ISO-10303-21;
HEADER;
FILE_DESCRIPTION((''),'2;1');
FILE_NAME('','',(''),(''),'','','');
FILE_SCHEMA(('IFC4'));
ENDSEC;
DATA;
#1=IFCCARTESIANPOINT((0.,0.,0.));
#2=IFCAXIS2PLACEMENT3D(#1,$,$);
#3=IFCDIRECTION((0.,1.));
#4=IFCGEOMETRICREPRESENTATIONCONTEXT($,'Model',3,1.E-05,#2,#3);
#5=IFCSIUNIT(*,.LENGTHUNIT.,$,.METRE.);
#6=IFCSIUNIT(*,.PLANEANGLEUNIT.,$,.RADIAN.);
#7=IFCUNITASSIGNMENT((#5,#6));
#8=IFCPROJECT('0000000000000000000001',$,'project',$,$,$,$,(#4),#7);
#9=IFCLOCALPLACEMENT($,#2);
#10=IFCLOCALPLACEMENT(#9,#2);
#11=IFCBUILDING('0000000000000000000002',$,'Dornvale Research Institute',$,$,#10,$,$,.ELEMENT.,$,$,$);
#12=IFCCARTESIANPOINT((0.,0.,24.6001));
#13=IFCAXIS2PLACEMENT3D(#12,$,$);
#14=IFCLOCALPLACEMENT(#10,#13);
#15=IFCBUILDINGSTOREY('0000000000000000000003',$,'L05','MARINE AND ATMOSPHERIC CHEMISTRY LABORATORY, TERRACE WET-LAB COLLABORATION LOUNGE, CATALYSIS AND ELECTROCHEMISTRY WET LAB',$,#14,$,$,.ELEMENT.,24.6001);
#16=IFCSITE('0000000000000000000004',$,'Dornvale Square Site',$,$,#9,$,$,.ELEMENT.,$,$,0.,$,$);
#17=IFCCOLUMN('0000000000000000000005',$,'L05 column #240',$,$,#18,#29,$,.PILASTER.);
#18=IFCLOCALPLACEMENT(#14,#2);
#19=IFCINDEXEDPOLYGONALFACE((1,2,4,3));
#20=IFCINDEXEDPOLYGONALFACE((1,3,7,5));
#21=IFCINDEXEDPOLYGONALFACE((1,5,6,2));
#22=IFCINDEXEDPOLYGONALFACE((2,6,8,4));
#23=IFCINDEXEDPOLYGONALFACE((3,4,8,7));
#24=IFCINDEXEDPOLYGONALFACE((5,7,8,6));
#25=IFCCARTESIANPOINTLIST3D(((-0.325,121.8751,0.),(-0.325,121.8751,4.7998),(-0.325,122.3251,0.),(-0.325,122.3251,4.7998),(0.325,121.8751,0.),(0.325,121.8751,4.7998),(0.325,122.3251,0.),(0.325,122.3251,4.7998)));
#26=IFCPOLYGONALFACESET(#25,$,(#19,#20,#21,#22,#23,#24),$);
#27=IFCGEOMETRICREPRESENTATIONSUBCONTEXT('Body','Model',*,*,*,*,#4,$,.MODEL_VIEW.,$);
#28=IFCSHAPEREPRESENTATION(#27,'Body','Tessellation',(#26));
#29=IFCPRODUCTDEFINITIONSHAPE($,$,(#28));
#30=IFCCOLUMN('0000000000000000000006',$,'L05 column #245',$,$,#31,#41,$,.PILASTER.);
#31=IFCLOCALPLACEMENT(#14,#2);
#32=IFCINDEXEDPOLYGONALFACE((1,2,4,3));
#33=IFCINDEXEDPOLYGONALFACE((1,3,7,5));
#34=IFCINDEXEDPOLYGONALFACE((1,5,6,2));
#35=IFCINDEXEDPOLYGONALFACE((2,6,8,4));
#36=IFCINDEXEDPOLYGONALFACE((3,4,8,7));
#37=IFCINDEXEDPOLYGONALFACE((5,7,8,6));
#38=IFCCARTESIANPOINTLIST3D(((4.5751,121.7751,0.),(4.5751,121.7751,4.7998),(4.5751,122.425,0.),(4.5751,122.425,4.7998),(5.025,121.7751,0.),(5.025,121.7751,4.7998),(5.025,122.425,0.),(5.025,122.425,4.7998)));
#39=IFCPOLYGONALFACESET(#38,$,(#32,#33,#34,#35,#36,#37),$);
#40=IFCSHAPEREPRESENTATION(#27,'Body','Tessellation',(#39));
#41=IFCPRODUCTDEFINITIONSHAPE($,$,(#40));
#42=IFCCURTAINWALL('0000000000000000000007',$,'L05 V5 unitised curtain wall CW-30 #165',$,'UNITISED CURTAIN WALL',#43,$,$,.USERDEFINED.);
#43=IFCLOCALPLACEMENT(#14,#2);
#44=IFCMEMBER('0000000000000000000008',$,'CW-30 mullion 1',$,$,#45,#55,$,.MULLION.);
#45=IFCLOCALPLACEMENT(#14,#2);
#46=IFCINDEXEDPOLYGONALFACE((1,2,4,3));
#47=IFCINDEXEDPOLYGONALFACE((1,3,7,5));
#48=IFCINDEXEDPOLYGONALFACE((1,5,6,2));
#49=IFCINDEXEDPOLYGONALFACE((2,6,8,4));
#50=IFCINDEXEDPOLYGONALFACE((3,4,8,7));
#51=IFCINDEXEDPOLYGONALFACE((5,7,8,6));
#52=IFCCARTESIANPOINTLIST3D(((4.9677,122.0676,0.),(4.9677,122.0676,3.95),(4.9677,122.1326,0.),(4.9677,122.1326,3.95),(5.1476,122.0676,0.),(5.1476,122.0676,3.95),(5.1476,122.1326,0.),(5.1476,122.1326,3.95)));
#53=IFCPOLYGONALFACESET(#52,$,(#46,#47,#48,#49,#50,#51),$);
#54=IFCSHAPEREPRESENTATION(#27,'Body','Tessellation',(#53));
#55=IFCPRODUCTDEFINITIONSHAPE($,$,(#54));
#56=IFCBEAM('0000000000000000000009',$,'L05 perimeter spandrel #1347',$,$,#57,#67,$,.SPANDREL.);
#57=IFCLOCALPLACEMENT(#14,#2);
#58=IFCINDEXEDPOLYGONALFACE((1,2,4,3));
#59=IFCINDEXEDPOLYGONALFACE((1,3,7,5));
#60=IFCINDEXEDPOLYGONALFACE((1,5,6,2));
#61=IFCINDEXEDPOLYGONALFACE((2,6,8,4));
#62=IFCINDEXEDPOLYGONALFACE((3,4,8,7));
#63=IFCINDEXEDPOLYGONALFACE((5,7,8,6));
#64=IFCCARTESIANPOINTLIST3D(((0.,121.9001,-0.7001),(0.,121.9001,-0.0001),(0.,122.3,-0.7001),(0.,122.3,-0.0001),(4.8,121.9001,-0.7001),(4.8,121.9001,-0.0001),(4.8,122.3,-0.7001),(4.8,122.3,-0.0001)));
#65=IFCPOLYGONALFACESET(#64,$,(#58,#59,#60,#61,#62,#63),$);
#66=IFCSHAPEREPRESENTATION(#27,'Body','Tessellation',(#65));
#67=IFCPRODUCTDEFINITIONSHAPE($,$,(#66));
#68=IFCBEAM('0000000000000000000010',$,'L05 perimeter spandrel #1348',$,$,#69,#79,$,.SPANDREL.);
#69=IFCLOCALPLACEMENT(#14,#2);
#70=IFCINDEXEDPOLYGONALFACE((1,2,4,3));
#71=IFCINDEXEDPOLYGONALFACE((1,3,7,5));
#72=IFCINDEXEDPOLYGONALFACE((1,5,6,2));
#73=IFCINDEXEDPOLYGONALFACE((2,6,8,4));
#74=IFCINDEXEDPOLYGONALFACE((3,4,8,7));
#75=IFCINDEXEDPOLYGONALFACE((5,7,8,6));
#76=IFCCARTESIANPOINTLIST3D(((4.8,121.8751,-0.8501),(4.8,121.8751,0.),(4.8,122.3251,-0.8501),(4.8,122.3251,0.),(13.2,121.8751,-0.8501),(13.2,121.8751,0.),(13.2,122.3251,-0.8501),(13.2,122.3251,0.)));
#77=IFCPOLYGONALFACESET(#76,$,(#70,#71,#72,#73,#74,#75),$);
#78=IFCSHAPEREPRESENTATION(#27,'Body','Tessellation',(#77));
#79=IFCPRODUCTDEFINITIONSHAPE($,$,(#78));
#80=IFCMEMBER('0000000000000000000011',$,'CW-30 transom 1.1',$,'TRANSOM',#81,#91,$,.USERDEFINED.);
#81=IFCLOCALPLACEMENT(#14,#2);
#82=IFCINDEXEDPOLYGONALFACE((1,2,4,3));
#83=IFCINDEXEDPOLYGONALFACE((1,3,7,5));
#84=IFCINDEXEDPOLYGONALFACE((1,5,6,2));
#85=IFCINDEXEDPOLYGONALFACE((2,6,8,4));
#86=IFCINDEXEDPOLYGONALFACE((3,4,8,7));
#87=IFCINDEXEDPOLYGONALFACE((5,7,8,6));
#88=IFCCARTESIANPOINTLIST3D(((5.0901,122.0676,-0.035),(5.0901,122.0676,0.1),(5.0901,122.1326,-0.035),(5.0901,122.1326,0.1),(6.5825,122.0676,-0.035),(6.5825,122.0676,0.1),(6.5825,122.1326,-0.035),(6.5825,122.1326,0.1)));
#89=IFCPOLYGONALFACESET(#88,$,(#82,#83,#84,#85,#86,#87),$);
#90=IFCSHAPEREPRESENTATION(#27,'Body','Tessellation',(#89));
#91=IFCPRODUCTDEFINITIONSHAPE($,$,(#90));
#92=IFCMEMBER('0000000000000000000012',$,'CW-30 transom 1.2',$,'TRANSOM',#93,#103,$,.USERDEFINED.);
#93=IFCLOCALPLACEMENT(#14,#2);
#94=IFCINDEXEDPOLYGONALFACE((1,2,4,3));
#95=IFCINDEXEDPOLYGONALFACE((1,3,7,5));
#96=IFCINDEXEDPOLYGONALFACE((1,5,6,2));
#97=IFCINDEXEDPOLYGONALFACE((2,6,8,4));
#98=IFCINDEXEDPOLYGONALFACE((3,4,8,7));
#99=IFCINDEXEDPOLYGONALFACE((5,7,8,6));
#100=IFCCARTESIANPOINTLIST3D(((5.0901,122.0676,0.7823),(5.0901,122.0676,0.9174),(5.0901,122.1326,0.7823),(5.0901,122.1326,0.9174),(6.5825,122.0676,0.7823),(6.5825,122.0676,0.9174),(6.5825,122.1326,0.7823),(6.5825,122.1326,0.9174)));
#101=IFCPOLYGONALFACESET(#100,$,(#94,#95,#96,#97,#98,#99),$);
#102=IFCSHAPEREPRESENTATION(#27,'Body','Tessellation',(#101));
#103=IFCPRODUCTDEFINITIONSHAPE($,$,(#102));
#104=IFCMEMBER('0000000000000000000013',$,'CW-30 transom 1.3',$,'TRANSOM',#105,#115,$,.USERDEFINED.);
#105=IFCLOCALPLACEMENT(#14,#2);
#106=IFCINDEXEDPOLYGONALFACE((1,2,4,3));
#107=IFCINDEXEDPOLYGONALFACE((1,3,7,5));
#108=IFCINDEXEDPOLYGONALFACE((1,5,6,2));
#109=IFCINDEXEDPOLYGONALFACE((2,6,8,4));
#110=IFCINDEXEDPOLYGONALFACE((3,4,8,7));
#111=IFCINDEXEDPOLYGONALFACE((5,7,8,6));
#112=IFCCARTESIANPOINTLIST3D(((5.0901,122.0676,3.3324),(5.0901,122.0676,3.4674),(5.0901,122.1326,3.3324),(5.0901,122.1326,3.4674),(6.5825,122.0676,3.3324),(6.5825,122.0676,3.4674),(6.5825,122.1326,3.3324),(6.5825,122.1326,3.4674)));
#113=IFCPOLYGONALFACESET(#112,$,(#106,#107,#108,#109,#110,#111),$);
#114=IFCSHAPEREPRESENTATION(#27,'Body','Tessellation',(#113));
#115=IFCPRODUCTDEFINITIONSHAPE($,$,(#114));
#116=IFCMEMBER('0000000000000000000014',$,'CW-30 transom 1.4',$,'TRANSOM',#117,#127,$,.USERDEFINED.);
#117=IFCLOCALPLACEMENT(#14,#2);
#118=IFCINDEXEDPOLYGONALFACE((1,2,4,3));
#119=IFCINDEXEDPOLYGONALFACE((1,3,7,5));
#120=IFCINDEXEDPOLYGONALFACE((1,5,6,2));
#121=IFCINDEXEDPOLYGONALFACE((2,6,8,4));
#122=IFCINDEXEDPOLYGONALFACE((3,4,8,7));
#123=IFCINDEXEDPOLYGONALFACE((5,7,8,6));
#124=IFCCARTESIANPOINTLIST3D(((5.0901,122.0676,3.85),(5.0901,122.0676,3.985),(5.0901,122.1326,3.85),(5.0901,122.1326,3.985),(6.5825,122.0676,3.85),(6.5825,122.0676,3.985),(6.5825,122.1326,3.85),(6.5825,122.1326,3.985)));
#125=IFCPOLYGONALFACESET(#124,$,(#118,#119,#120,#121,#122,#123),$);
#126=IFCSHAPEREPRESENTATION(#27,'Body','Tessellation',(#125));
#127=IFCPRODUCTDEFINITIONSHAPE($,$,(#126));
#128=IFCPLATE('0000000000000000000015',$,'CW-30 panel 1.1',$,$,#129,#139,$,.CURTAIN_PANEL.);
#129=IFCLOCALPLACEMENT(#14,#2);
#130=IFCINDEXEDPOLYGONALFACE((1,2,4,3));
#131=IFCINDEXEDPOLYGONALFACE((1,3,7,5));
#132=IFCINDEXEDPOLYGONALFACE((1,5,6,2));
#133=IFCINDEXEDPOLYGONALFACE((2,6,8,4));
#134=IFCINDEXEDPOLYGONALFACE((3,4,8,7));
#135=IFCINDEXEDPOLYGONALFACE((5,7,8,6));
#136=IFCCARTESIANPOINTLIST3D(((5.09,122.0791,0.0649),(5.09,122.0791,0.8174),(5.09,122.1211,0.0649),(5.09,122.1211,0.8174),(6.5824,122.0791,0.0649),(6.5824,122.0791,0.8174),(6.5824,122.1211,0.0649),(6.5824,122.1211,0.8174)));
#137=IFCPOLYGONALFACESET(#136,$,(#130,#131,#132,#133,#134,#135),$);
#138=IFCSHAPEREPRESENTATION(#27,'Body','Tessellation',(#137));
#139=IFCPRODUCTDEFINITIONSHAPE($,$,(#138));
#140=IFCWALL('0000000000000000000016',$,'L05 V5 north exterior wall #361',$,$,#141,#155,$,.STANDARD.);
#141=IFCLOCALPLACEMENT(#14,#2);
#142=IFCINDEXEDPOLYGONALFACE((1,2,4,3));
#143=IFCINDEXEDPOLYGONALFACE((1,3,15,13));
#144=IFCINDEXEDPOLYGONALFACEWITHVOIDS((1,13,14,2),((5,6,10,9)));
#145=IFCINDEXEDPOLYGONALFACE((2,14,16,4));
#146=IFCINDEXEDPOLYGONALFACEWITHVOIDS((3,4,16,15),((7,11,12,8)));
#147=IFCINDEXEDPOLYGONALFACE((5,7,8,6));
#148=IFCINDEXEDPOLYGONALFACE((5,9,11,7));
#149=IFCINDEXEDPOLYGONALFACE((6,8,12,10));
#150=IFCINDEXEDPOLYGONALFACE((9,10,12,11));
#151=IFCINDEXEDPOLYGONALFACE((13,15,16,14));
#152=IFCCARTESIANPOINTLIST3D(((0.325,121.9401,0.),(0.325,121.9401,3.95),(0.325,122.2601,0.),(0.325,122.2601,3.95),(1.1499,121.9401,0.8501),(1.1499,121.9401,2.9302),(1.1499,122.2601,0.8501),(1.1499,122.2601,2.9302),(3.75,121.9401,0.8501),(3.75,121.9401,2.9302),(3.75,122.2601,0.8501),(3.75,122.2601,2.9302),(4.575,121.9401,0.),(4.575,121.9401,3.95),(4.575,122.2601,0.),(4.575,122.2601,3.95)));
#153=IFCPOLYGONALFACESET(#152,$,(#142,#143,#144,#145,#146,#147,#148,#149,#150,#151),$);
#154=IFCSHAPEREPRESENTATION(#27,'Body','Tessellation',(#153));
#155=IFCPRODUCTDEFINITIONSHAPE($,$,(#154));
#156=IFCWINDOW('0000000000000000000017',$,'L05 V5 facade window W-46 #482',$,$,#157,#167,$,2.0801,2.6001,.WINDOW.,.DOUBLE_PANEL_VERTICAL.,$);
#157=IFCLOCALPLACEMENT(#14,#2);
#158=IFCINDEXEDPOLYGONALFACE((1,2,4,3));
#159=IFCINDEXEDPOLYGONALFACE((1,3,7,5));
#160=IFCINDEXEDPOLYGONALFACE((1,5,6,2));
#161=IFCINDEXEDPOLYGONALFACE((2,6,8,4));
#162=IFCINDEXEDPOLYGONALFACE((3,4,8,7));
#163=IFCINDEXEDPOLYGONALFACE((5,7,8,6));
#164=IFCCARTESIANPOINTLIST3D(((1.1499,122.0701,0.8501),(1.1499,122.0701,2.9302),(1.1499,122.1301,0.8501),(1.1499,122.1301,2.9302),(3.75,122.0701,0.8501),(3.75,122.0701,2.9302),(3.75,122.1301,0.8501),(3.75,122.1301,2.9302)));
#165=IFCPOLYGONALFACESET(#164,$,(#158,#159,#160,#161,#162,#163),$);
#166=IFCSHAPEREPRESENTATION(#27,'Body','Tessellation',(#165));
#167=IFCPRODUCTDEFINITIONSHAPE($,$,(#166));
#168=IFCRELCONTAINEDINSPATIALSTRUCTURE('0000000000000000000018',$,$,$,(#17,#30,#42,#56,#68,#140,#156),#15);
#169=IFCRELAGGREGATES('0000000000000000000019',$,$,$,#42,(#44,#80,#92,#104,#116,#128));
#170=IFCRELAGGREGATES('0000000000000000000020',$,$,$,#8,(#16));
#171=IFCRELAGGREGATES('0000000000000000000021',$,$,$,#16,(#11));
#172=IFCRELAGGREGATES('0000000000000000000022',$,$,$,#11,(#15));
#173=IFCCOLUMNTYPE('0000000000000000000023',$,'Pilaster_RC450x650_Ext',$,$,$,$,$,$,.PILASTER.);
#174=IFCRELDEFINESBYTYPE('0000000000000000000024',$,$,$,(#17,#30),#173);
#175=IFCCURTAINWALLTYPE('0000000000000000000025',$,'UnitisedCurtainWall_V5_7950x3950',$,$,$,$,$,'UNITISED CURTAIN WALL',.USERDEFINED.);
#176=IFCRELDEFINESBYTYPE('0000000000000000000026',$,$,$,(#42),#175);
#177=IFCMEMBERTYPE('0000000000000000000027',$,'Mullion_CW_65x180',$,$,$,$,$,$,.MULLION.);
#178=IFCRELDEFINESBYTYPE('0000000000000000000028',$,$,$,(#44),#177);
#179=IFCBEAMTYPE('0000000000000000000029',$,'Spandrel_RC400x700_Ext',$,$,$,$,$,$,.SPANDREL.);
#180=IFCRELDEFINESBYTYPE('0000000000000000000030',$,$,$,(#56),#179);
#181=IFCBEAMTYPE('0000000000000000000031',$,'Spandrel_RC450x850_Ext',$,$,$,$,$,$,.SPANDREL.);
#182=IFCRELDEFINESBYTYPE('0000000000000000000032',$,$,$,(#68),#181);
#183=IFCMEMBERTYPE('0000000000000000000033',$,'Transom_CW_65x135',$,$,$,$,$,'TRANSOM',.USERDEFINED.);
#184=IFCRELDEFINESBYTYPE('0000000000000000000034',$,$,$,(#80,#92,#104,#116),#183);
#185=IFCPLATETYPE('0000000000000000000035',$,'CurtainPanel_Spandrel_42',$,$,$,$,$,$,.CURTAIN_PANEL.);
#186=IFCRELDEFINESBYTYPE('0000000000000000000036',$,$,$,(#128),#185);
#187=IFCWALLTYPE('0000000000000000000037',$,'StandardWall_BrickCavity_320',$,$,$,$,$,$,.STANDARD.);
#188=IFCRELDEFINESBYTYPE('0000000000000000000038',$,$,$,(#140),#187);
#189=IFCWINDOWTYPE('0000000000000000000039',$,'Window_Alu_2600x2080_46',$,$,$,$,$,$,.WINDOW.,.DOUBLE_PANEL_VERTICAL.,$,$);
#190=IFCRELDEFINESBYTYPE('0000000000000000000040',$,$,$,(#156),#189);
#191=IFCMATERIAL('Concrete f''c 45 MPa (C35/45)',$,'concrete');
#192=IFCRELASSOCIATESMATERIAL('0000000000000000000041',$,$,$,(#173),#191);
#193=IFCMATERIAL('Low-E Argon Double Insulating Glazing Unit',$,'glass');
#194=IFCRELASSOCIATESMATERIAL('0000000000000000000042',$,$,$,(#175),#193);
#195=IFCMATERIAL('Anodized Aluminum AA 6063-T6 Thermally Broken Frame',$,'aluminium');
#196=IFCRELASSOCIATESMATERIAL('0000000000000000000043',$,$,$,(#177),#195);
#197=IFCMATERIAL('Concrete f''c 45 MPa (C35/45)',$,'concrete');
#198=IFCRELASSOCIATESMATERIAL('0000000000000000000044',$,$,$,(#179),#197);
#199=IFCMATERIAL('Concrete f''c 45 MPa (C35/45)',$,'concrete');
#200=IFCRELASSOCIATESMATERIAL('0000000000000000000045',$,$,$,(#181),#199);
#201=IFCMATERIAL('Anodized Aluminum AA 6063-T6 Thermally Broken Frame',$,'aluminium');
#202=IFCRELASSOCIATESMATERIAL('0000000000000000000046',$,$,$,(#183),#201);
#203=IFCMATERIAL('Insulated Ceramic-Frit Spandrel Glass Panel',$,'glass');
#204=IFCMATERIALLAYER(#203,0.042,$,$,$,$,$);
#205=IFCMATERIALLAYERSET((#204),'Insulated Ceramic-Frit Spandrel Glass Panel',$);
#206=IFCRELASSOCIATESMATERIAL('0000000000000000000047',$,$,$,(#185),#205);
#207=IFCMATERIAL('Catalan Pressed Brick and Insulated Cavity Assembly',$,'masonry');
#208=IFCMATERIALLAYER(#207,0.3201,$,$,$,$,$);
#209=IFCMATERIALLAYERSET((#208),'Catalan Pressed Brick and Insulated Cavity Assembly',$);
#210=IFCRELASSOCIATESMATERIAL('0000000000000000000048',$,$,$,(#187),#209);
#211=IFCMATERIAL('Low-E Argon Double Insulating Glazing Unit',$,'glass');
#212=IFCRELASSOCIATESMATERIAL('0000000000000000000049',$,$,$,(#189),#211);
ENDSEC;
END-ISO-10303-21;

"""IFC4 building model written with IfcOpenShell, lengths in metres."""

from ifc_helpers import new_model, si_unit, direction, frame, frame_2d, origin, origin_2d, place, context, subcontext, project, spatial, rectangle, extrude, material, layer, layer_set, material_profile, profile_set, type_object, element, fill, aggregate, save


model = new_model("IFC4")

# Units and contexts
model_context = context("Model", 3, precision=1e-05, world=origin(), true_north=direction((0.0, 1.0)))
body_context = subcontext(model_context, "Body", "Model", "MODEL_VIEW")
ifc_project = project(units=[si_unit("LENGTHUNIT", "METRE"), si_unit("PLANEANGLEUNIT", "RADIAN")], contexts=[model_context])

# Site, building, storey
site_placement = place(None, origin())
site = spatial("IfcSite", under=ifc_project, at=site_placement, Name="Dornvale Square Site", CompositionType="ELEMENT", RefElevation=0.0)
building_placement = place(site_placement, origin())
building = spatial("IfcBuilding", under=site, at=building_placement, Name="Dornvale Research Institute", CompositionType="ELEMENT")
storey_placement = place(building_placement, frame((0.0, 0.0, 24.6001)))
storey = spatial("IfcBuildingStorey", under=building, at=storey_placement, Name="L05", Description="MARINE AND ATMOSPHERIC CHEMISTRY LABORATORY, TERRACE WET-LAB COLLABORATION LOUNGE, CATALYSIS AND ELECTROCHEMISTRY WET LAB", CompositionType="ELEMENT", Elevation=24.6001)

# Columns
ifc_material_1 = material(Name="Concrete f'c 45 MPa (C35/45)", Category="concrete")
ifc_material_profile_1 = material_profile(ifc_material_1, rectangle(XDim=0.45, YDim=0.6499, at=origin_2d()), Name="RC 450x650")
ifc_profile_set_1 = profile_set([ifc_material_profile_1], Name="Concrete f'c 45 MPa (C35/45)")
column_type = type_object("IfcColumnType", Name="Pilaster_RC450x650_Ext", PredefinedType="PILASTER", material=ifc_profile_set_1)
for number, where, z_axis, x_axis, name in (
    (1, (0.0, 122.1001, 0.0), (0.0, 0.0, 1.0), (0.0, 1.0, 0.0), "L05 column #240"),
    (2, (4.8, 122.1001, 0.0), (0.0, 0.0, 1.0), (1.0, 0.0, 0.0), "L05 column #245"),
):
    element("IfcColumn", number, at=place(storey_placement, frame(where, z_axis=z_axis, x_axis=x_axis)), inside=storey, type_object=column_type, Name=name, PredefinedType="PILASTER", context=body_context, shape_type="SweptSolid", body=[
        extrude(rectangle(XDim=0.45, YDim=0.6499, at=origin_2d()), origin(), (0.0, 0.0, 1.0), 4.7998),
    ])

# Curtain wall, member
ifc_material_2 = material(Name="Low-E Argon Double Insulating Glazing Unit", Category="glass")
curtain_wall_type = type_object("IfcCurtainWallType", Name="UnitisedCurtainWall_V5_7950x3950", ElementType="UNITISED CURTAIN WALL", PredefinedType="USERDEFINED", material=ifc_material_2)
curtain_wall_placement = place(storey_placement, origin())
curtain_wall = element("IfcCurtainWall", 3, at=curtain_wall_placement, inside=storey, type_object=curtain_wall_type, Name="L05 V5 unitised curtain wall CW-30 #165", ObjectType="UNITISED CURTAIN WALL", PredefinedType="USERDEFINED")
ifc_material_3 = material(Name="Anodized Aluminum AA 6063-T6 Thermally Broken Frame", Category="aluminium")
ifc_material_profile_2 = material_profile(ifc_material_3, rectangle(XDim=0.0649, YDim=0.1799, at=origin_2d()), Name="ALU MULLION 65x180")
ifc_profile_set_2 = profile_set([ifc_material_profile_2], Name="Anodized Aluminum AA 6063-T6 Thermally Broken Frame")
member_type_1 = type_object("IfcMemberType", Name="Mullion_CW_65x180", PredefinedType="MULLION", material=ifc_profile_set_2)
member_1_placement = place(storey_placement, frame((5.0576, 122.1001, 0.0), z_axis=(0.0, 0.0, 1.0), x_axis=(0.0, 1.0, 0.0)))
member_1 = element("IfcMember", 4, at=member_1_placement, type_object=member_type_1, Name="CW-30 mullion 1", PredefinedType="MULLION", context=body_context, shape_type="SweptSolid", body=[
    extrude(rectangle(XDim=0.0649, YDim=0.1799, at=origin_2d()), origin(), (0.0, 0.0, 1.0), 3.95),
])

# Beams
ifc_material_4 = material(Name="Concrete f'c 45 MPa (C35/45)", Category="concrete")
ifc_material_profile_3 = material_profile(ifc_material_4, rectangle(XDim=0.3999, YDim=0.7, at=origin_2d()), Name="RC 400x700")
ifc_profile_set_3 = profile_set([ifc_material_profile_3], Name="Concrete f'c 45 MPa (C35/45)")
beam_type_1 = type_object("IfcBeamType", Name="Spandrel_RC400x700_Ext", PredefinedType="SPANDREL", material=ifc_profile_set_3)
beam_1_placement = place(storey_placement, frame((0.0, 122.1001, -0.3501), z_axis=(1.0, 0.0, 0.0), x_axis=(0.0, 1.0, 0.0)))
element("IfcBeam", 5, at=beam_1_placement, inside=storey, type_object=beam_type_1, Name="L05 perimeter spandrel #1347", PredefinedType="SPANDREL", context=body_context, shape_type="SweptSolid", body=[
    extrude(rectangle(XDim=0.3999, YDim=0.7, at=origin_2d()), origin(), (0.0, 0.0, 1.0), 4.8),
])
ifc_material_5 = material(Name="Concrete f'c 45 MPa (C35/45)", Category="concrete")
ifc_material_profile_4 = material_profile(ifc_material_5, rectangle(XDim=0.45, YDim=0.8501, at=origin_2d()), Name="RC 450x850")
ifc_profile_set_4 = profile_set([ifc_material_profile_4], Name="Concrete f'c 45 MPa (C35/45)")
beam_type_2 = type_object("IfcBeamType", Name="Spandrel_RC450x850_Ext", PredefinedType="SPANDREL", material=ifc_profile_set_4)
beam_2_placement = place(storey_placement, frame((4.8, 122.1001, -0.425), z_axis=(1.0, 0.0, 0.0), x_axis=(0.0, 1.0, 0.0)))
element("IfcBeam", 6, at=beam_2_placement, inside=storey, type_object=beam_type_2, Name="L05 perimeter spandrel #1348", PredefinedType="SPANDREL", context=body_context, shape_type="SweptSolid", body=[
    extrude(rectangle(XDim=0.45, YDim=0.8501, at=origin_2d()), origin(), (0.0, 0.0, 1.0), 8.3999),
])

# Members
ifc_material_6 = material(Name="Anodized Aluminum AA 6063-T6 Thermally Broken Frame", Category="aluminium")
ifc_material_profile_5 = material_profile(ifc_material_6, rectangle(XDim=0.0649, YDim=0.135, at=origin_2d()), Name="ALU TRANSOM 65x135")
ifc_profile_set_5 = profile_set([ifc_material_profile_5], Name="Anodized Aluminum AA 6063-T6 Thermally Broken Frame")
member_type_2 = type_object("IfcMemberType", Name="Transom_CW_65x135", ElementType="TRANSOM", PredefinedType="USERDEFINED", material=ifc_profile_set_5)
member_2_placement = place(storey_placement, frame((5.0901, 122.1001, 0.0325), z_axis=(1.0, 0.0, 0.0), x_axis=(0.0, 1.0, 0.0)))
member_2 = element("IfcMember", 7, at=member_2_placement, type_object=member_type_2, Name="CW-30 transom 1.1", ObjectType="TRANSOM", PredefinedType="USERDEFINED", context=body_context, shape_type="SweptSolid", body=[
    extrude(rectangle(XDim=0.0649, YDim=0.135, at=origin_2d()), origin(), (0.0, 0.0, 1.0), 1.4924),
])
member_3_placement = place(storey_placement, frame((5.0901, 122.1001, 0.8499), z_axis=(1.0, 0.0, 0.0), x_axis=(0.0, 1.0, 0.0)))
member_3 = element("IfcMember", 8, at=member_3_placement, type_object=member_type_2, Name="CW-30 transom 1.2", ObjectType="TRANSOM", PredefinedType="USERDEFINED", context=body_context, shape_type="SweptSolid", body=[
    extrude(rectangle(XDim=0.0649, YDim=0.135, at=origin_2d()), origin(), (0.0, 0.0, 1.0), 1.4924),
])
member_4_placement = place(storey_placement, frame((5.0901, 122.1001, 3.3999), z_axis=(1.0, 0.0, 0.0), x_axis=(0.0, 1.0, 0.0)))
member_4 = element("IfcMember", 9, at=member_4_placement, type_object=member_type_2, Name="CW-30 transom 1.3", ObjectType="TRANSOM", PredefinedType="USERDEFINED", context=body_context, shape_type="SweptSolid", body=[
    extrude(rectangle(XDim=0.0649, YDim=0.135, at=origin_2d()), origin(), (0.0, 0.0, 1.0), 1.4924),
])
member_5_placement = place(storey_placement, frame((5.0901, 122.1001, 3.9175), z_axis=(1.0, 0.0, 0.0), x_axis=(0.0, 1.0, 0.0)))
member_5 = element("IfcMember", 10, at=member_5_placement, type_object=member_type_2, Name="CW-30 transom 1.4", ObjectType="TRANSOM", PredefinedType="USERDEFINED", context=body_context, shape_type="SweptSolid", body=[
    extrude(rectangle(XDim=0.0649, YDim=0.135, at=origin_2d()), origin(), (0.0, 0.0, 1.0), 1.4924),
])

# Plate
ifc_material_7 = material(Name="Insulated Ceramic-Frit Spandrel Glass Panel", Category="glass")
ifc_layer_1 = layer(ifc_material_7, 0.042)
ifc_layer_set_1 = layer_set([ifc_layer_1], Name="Insulated Ceramic-Frit Spandrel Glass Panel")
plate_type = type_object("IfcPlateType", Name="CurtainPanel_Spandrel_42", PredefinedType="CURTAIN_PANEL", material=ifc_layer_set_1)
plate_placement = place(storey_placement, frame((5.8362, 122.1001, 0.0649), z_axis=(0.0, 0.0, 1.0), x_axis=(1.0, 0.0, 0.0)))
plate = element("IfcPlate", 11, at=plate_placement, type_object=plate_type, Name="CW-30 panel 1.1", PredefinedType="CURTAIN_PANEL", context=body_context, shape_type="SweptSolid", body=[
    extrude(rectangle(XDim=1.4924, YDim=0.042, at=origin_2d()), origin(), (0.0, 0.0, 1.0), 0.7524),
])
aggregate(curtain_wall, [member_1, member_2, member_3, member_4, member_5, plate])

# Wall, opening, window
ifc_material_8 = material(Name="Catalan Pressed Brick and Insulated Cavity Assembly", Category="masonry")
ifc_layer_2 = layer(ifc_material_8, 0.3201)
ifc_layer_set_2 = layer_set([ifc_layer_2], Name="Catalan Pressed Brick and Insulated Cavity Assembly")
wall_type = type_object("IfcWallType", Name="StandardWall_BrickCavity_320", PredefinedType="STANDARD", material=ifc_layer_set_2)
wall_placement = place(storey_placement, frame((0.325, 122.1001, 0.0), z_axis=(0.0, 0.0, 1.0), x_axis=(1.0, 0.0, 0.0)))
wall = element("IfcWall", 12, at=wall_placement, inside=storey, type_object=wall_type, Name="L05 V5 north exterior wall #361", PredefinedType="STANDARD", context=body_context, shape_type="SweptSolid", body=[
    extrude(rectangle(XDim=4.25, YDim=0.3201, at=frame_2d((2.125, 0.0))), origin(), (0.0, 0.0, 1.0), 3.95),
])
opening_placement = place(wall_placement, frame((0.825, 0.0, 0.8501)))
opening = element("IfcOpeningElement", 13, at=opening_placement, cuts=wall, PredefinedType="OPENING", context=body_context, shape_type="SweptSolid", body=[
    extrude(rectangle(XDim=2.6001, YDim=2.0801, at=frame_2d((1.3, 1.04))), frame((0.0, 0.175, 0.0), z_axis=(0.0, -1.0, 0.0), x_axis=(1.0, 0.0, 0.0)), (0.0, 0.0, 1.0), 0.3501),
])
ifc_material_9 = material(Name="Low-E Argon Double Insulating Glazing Unit", Category="glass")
window_type = type_object("IfcWindowType", Name="Window_Alu_2600x2080_46", PartitioningType="DOUBLE_PANEL_VERTICAL", PredefinedType="WINDOW", material=ifc_material_9)
window_placement = place(opening_placement, origin())
window = element("IfcWindow", 14, at=window_placement, inside=storey, type_object=window_type, Name="L05 V5 facade window W-46 #482", OverallHeight=2.0801, OverallWidth=2.6001, PartitioningType="DOUBLE_PANEL_VERTICAL", PredefinedType="WINDOW", context=body_context, shape_type="SweptSolid", body=[
    extrude(rectangle(XDim=2.6001, YDim=2.0801, at=frame_2d((1.3, 1.04))), frame((0.0, 0.03, 0.0), z_axis=(0.0, -1.0, 0.0), x_axis=(1.0, 0.0, 0.0)), (0.0, 0.0, 1.0), 0.0601),
])
fill(opening, window)

save(model, "model.ifc")
